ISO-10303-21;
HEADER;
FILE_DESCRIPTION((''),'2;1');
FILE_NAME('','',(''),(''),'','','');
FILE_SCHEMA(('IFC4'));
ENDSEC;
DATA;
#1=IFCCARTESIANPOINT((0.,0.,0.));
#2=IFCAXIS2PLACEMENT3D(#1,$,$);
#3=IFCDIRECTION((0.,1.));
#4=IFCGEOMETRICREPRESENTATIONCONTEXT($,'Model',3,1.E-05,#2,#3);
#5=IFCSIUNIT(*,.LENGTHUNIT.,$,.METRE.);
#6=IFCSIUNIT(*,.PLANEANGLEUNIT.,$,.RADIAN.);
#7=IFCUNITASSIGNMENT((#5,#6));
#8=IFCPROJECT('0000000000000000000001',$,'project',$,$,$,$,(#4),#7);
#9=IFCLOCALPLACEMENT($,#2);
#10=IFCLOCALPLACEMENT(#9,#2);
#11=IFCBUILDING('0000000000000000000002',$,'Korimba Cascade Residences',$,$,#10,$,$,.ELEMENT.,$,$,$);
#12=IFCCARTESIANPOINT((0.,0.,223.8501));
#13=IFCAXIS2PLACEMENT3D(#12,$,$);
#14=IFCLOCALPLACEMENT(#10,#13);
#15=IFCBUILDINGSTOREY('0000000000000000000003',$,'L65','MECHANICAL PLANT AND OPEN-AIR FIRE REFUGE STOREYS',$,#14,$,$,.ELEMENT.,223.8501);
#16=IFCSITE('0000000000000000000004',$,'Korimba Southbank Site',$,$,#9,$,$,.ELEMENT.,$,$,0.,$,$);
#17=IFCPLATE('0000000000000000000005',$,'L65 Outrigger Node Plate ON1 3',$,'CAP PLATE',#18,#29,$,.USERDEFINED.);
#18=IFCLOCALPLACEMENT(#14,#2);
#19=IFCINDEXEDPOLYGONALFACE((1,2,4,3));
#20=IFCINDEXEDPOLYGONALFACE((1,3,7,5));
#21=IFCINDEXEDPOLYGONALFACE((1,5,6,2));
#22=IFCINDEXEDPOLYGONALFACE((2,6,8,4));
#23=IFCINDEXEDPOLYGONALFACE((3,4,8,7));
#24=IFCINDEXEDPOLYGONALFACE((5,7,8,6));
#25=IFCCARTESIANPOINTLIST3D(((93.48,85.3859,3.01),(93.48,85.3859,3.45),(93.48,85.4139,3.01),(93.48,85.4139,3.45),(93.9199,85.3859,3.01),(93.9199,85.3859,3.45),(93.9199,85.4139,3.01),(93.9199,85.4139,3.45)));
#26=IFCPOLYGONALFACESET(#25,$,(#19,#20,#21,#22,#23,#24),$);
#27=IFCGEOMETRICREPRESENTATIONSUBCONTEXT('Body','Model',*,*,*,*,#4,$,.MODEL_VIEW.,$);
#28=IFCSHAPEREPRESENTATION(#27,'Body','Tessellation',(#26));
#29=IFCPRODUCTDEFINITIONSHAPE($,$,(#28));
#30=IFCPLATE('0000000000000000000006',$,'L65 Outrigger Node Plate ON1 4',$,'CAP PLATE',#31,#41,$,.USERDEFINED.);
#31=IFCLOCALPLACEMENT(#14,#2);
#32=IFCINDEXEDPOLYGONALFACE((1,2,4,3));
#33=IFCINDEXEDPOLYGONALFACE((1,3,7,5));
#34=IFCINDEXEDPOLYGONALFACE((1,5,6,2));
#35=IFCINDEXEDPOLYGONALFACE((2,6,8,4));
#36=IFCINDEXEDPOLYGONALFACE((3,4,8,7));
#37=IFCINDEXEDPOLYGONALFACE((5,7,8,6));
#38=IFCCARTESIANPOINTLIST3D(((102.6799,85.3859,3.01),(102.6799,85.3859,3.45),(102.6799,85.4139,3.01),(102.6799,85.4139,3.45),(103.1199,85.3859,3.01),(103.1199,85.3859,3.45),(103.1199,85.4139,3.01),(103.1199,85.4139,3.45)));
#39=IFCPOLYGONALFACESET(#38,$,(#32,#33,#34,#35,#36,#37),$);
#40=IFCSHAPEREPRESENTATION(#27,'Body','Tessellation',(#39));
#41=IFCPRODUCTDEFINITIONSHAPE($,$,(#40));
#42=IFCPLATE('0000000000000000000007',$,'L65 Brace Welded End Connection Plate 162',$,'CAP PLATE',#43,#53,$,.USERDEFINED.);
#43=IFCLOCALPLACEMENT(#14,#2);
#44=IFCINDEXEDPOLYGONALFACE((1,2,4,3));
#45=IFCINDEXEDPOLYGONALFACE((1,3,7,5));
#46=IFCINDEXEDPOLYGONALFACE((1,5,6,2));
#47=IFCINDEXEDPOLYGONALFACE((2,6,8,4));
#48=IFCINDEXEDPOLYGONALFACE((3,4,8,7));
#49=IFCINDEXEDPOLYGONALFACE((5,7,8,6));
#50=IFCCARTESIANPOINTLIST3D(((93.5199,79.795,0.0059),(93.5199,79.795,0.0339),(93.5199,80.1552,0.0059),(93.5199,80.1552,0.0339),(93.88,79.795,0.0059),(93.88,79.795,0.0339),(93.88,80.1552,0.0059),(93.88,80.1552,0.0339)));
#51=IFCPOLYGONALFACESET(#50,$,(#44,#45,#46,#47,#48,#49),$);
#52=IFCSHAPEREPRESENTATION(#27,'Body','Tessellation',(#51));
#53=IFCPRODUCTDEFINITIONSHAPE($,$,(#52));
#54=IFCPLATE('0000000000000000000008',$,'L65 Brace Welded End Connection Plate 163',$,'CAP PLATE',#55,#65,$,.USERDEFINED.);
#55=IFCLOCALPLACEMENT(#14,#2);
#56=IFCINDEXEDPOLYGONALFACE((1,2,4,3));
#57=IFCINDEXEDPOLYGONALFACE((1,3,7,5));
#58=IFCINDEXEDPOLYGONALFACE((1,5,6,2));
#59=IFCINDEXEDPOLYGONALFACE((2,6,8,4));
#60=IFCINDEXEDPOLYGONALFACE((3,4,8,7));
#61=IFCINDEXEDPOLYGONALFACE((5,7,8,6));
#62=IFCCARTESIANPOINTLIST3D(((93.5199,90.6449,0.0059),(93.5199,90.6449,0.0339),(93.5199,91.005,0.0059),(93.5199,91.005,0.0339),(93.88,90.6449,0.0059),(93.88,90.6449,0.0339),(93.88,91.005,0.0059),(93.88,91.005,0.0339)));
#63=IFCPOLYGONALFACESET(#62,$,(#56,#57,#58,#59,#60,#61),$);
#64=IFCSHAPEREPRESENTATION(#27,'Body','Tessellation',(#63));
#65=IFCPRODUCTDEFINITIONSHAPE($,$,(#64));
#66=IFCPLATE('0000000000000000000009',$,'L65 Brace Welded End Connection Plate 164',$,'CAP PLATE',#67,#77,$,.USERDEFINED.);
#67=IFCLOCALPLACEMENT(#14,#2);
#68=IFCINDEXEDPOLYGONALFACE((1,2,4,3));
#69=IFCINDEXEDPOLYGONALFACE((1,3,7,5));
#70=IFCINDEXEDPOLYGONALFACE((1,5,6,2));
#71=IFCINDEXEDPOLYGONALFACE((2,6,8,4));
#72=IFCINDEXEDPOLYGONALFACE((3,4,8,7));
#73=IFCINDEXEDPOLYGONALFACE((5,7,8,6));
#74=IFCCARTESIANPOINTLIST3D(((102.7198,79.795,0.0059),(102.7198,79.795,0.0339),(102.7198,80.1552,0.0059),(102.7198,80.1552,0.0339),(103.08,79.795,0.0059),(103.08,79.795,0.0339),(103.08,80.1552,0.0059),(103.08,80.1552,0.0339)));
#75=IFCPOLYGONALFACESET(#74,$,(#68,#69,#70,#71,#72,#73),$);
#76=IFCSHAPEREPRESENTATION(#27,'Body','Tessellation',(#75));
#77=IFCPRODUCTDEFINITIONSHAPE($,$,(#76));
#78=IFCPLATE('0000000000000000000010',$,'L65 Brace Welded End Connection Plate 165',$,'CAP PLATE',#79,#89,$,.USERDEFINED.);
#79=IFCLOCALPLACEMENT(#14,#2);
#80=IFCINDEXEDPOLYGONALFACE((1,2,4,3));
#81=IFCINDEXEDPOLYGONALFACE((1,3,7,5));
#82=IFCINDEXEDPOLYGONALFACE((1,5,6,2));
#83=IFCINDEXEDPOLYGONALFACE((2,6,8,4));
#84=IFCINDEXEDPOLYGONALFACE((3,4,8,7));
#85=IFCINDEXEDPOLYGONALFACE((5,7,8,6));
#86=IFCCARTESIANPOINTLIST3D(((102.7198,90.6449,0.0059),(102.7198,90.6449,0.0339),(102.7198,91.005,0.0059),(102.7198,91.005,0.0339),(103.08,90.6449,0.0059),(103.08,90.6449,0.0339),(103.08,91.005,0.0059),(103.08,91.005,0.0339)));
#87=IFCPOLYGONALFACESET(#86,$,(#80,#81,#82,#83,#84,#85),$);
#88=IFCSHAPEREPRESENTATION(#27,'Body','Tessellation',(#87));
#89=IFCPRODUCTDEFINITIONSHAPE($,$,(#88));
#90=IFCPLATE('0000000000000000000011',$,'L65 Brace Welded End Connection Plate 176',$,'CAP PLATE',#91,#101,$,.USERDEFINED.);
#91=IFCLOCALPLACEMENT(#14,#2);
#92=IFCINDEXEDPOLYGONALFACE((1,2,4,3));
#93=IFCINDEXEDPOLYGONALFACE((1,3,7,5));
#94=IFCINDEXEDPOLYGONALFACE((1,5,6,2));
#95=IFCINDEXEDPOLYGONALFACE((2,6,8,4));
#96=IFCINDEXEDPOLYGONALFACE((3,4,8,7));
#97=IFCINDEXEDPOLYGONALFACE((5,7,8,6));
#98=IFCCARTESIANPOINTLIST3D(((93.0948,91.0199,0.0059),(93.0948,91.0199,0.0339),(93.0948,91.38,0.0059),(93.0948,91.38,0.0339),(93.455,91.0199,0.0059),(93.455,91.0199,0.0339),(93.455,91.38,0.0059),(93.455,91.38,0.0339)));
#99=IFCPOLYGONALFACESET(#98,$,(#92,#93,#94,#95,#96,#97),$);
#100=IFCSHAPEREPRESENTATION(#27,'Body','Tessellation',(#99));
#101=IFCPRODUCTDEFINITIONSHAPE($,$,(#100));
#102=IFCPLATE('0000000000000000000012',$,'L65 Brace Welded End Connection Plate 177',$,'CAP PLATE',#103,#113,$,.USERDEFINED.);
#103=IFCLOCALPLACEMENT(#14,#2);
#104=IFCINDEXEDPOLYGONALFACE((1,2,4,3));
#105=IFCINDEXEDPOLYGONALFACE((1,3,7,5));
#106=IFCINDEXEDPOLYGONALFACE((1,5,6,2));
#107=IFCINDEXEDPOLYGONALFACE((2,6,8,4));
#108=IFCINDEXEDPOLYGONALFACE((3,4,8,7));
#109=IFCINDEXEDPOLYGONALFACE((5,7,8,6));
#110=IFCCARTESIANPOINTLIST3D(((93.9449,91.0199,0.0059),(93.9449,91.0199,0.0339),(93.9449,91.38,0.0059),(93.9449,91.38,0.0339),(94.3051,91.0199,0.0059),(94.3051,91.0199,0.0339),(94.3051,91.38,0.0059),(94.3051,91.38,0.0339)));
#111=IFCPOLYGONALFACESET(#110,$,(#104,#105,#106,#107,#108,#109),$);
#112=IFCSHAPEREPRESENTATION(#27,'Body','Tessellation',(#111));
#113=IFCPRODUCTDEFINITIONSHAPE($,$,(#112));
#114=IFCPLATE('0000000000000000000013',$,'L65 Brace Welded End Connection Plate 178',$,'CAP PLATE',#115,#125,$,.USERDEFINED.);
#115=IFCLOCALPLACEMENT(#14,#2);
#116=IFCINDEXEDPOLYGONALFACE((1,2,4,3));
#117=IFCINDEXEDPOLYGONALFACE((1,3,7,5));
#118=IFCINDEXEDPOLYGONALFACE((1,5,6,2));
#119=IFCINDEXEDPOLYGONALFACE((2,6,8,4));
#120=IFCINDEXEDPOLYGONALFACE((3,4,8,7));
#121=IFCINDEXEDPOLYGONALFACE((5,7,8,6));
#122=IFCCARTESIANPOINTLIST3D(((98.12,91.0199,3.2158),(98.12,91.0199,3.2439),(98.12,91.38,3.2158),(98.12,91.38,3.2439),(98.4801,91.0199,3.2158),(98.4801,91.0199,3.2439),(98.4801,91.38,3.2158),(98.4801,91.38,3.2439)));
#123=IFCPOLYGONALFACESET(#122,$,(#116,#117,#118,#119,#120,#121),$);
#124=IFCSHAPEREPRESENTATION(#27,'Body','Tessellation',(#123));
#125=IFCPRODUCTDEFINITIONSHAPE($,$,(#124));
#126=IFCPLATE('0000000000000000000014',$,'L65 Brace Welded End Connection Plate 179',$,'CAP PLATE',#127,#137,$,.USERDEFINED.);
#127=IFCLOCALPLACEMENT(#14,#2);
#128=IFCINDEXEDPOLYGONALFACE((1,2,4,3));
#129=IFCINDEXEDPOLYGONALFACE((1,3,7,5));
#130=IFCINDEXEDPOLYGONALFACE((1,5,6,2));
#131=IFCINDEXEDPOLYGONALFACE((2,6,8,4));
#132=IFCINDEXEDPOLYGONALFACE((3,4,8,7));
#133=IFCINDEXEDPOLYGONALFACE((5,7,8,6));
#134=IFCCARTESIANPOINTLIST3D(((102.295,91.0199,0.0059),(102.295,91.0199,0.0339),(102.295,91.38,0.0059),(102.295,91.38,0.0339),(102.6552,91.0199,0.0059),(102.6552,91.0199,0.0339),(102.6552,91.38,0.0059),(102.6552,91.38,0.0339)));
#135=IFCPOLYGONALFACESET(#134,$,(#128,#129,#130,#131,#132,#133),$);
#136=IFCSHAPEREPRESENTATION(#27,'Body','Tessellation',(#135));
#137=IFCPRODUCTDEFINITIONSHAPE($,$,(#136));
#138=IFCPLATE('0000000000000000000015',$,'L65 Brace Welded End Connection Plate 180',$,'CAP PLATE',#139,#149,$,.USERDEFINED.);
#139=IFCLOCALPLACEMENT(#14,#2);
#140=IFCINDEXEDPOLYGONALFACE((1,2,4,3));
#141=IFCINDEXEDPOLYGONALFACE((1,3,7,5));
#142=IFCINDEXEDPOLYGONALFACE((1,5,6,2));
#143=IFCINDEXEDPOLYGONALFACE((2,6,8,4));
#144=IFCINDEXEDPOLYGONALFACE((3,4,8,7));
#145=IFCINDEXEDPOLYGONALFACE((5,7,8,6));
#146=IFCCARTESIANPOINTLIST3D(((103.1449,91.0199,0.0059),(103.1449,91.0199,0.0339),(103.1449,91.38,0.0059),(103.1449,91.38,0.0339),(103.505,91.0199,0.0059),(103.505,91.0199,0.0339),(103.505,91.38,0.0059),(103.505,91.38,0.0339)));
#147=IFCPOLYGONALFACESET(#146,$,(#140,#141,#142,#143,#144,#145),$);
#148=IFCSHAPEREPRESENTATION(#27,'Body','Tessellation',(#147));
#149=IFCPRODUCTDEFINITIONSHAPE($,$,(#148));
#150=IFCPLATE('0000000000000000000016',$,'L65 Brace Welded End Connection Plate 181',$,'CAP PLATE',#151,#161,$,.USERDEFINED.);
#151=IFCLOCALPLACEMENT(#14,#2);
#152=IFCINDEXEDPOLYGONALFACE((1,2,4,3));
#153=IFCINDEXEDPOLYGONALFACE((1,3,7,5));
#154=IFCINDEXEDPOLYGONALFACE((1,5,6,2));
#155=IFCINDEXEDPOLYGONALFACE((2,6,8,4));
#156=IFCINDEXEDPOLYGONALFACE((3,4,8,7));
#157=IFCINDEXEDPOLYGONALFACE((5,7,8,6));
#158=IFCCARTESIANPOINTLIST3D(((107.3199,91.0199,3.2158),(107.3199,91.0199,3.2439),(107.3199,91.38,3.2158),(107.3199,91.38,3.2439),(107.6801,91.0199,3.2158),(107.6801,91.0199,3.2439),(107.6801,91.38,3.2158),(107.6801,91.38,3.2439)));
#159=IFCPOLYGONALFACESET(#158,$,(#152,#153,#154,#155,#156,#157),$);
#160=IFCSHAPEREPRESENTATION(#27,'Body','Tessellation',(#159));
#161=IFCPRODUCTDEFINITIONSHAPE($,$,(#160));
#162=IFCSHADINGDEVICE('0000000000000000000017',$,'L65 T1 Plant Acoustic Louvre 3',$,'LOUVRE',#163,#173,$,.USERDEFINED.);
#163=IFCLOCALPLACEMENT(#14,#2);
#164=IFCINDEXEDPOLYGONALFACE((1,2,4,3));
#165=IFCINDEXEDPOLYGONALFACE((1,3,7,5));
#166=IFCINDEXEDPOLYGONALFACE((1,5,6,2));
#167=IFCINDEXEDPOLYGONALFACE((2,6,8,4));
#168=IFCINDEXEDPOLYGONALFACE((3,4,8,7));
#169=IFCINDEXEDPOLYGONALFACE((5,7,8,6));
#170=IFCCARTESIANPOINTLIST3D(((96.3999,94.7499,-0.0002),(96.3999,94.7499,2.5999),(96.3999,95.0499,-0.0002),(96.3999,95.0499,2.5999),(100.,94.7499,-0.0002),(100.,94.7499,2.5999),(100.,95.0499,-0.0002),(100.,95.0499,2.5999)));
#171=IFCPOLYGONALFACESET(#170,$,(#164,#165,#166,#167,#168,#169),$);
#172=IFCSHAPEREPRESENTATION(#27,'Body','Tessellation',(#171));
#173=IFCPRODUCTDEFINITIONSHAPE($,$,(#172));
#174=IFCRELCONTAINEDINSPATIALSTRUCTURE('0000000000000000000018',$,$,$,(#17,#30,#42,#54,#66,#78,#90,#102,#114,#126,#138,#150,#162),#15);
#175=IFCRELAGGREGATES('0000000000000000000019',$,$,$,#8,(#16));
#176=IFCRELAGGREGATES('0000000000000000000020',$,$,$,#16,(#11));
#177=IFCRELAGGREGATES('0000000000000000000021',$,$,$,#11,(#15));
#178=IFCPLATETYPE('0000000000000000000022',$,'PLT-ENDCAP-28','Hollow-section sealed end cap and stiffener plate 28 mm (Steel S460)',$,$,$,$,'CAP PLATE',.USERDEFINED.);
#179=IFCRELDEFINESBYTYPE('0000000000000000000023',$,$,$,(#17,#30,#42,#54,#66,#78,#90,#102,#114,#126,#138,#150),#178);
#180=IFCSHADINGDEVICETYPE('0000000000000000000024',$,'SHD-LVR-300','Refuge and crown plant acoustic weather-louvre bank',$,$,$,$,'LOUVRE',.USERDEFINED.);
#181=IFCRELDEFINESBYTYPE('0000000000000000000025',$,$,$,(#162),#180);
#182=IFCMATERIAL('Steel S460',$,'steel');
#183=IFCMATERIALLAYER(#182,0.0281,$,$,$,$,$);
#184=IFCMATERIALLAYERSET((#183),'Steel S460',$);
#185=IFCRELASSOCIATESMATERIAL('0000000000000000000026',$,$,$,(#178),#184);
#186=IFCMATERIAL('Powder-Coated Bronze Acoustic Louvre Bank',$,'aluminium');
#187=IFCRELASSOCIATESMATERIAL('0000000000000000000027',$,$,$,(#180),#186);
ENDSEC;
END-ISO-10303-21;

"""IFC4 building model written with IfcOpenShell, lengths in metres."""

from ifc_helpers import new_model, si_unit, direction, frame, origin, origin_2d, place, context, subcontext, project, spatial, rectangle, extrude, material, layer, layer_set, type_object, element, save


model = new_model("IFC4")

# Units and contexts
model_context = context("Model", 3, precision=1e-05, world=origin(), true_north=direction((0.0, 1.0)))
body_context = subcontext(model_context, "Body", "Model", "MODEL_VIEW")
ifc_project = project(units=[si_unit("LENGTHUNIT", "METRE"), si_unit("PLANEANGLEUNIT", "RADIAN")], contexts=[model_context])

# Site, building, storey
site_placement = place(None, origin())
site = spatial("IfcSite", under=ifc_project, at=site_placement, Name="Korimba Southbank Site", CompositionType="ELEMENT", RefElevation=0.0)
building_placement = place(site_placement, origin())
building = spatial("IfcBuilding", under=site, at=building_placement, Name="Korimba Cascade Residences", CompositionType="ELEMENT")
storey_placement = place(building_placement, frame((0.0, 0.0, 223.8501)))
storey = spatial("IfcBuildingStorey", under=building, at=storey_placement, Name="L65", Description="MECHANICAL PLANT AND OPEN-AIR FIRE REFUGE STOREYS", CompositionType="ELEMENT", Elevation=223.8501)

# Shared definitions
ifc_material_1 = material(Name="Steel S460", Category="steel")

# Plates
ifc_layer = layer(ifc_material_1, 0.0281)
ifc_layer_set = layer_set([ifc_layer], Name="Steel S460")
plate_type = type_object("IfcPlateType", Name="PLT-ENDCAP-28", Description="Hollow-section sealed end cap and stiffener plate 28 mm (Steel S460)", ElementType="CAP PLATE", PredefinedType="USERDEFINED", material=ifc_layer_set)
for number, where, z_axis, x_axis, name in (
    (1, (93.7, 85.3999, 3.01), (0.0, 0.0, 1.0), (1.0, 0.0, 0.0), "L65 Outrigger Node Plate ON1 3"),
    (2, (102.8999, 85.3999, 3.01), (0.0, 0.0, 1.0), (1.0, 0.0, 0.0), "L65 Outrigger Node Plate ON1 4"),
):
    element("IfcPlate", number, at=place(storey_placement, frame(where, z_axis=z_axis, x_axis=x_axis)), inside=storey, type_object=plate_type, Name=name, ObjectType="CAP PLATE", PredefinedType="USERDEFINED", context=body_context, shape_type="SweptSolid", body=[
        extrude(rectangle(XDim=0.4399, YDim=0.0281, at=origin_2d()), origin(), (0.0, 0.0, 1.0), 0.4399),
    ])
for number, where, z_axis, x_axis, name in (
    (3, (93.7, 79.9751, 0.0059), (0.0, 0.0, 1.0), (1.0, 0.0, 0.0), "L65 Brace Welded End Connection Plate 162"),
    (4, (93.7, 90.825, 0.0059), (0.0, 0.0, 1.0), (1.0, 0.0, 0.0), "L65 Brace Welded End Connection Plate 163"),
    (5, (102.8999, 79.9751, 0.0059), (0.0, 0.0, 1.0), (1.0, 0.0, 0.0), "L65 Brace Welded End Connection Plate 164"),
    (6, (102.8999, 90.825, 0.0059), (0.0, 0.0, 1.0), (1.0, 0.0, 0.0), "L65 Brace Welded End Connection Plate 165"),
    (7, (93.2749, 91.2, 0.0059), (0.0, 0.0, 1.0), (1.0, 0.0, 0.0), "L65 Brace Welded End Connection Plate 176"),
    (8, (94.125, 91.2, 0.0059), (0.0, 0.0, 1.0), (1.0, 0.0, 0.0), "L65 Brace Welded End Connection Plate 177"),
    (9, (98.3, 91.2, 3.2158), (0.0, 0.0, 1.0), (1.0, 0.0, 0.0), "L65 Brace Welded End Connection Plate 178"),
    (10, (102.4751, 91.2, 0.0059), (0.0, 0.0, 1.0), (1.0, 0.0, 0.0), "L65 Brace Welded End Connection Plate 179"),
    (11, (103.325, 91.2, 0.0059), (0.0, 0.0, 1.0), (1.0, 0.0, 0.0), "L65 Brace Welded End Connection Plate 180"),
    (12, (107.5, 91.2, 3.2158), (0.0, 0.0, 1.0), (1.0, 0.0, 0.0), "L65 Brace Welded End Connection Plate 181"),
):
    element("IfcPlate", number, at=place(storey_placement, frame(where, z_axis=z_axis, x_axis=x_axis)), inside=storey, type_object=plate_type, Name=name, ObjectType="CAP PLATE", PredefinedType="USERDEFINED", context=body_context, shape_type="SweptSolid", body=[
        extrude(rectangle(XDim=0.3601, YDim=0.3601, at=origin_2d()), origin(), (0.0, 0.0, 1.0), 0.0281),
    ])

# Shading device
ifc_material_2 = material(Name="Powder-Coated Bronze Acoustic Louvre Bank", Category="aluminium")
shading_device_type = type_object("IfcShadingDeviceType", Name="SHD-LVR-300", Description="Refuge and crown plant acoustic weather-louvre bank", ElementType="LOUVRE", PredefinedType="USERDEFINED", material=ifc_material_2)
shading_device_placement = place(storey_placement, frame((98.2, 94.8999, -0.0002), z_axis=(0.0, 0.0, 1.0), x_axis=(1.0, 0.0, 0.0)))
element("IfcShadingDevice", 13, at=shading_device_placement, inside=storey, type_object=shading_device_type, Name="L65 T1 Plant Acoustic Louvre 3", ObjectType="LOUVRE", PredefinedType="USERDEFINED", context=body_context, shape_type="SweptSolid", body=[
    extrude(rectangle(XDim=3.6001, YDim=0.3, at=origin_2d()), origin(), (0.0, 0.0, 1.0), 2.6001),
])

save(model, "model.ifc")
